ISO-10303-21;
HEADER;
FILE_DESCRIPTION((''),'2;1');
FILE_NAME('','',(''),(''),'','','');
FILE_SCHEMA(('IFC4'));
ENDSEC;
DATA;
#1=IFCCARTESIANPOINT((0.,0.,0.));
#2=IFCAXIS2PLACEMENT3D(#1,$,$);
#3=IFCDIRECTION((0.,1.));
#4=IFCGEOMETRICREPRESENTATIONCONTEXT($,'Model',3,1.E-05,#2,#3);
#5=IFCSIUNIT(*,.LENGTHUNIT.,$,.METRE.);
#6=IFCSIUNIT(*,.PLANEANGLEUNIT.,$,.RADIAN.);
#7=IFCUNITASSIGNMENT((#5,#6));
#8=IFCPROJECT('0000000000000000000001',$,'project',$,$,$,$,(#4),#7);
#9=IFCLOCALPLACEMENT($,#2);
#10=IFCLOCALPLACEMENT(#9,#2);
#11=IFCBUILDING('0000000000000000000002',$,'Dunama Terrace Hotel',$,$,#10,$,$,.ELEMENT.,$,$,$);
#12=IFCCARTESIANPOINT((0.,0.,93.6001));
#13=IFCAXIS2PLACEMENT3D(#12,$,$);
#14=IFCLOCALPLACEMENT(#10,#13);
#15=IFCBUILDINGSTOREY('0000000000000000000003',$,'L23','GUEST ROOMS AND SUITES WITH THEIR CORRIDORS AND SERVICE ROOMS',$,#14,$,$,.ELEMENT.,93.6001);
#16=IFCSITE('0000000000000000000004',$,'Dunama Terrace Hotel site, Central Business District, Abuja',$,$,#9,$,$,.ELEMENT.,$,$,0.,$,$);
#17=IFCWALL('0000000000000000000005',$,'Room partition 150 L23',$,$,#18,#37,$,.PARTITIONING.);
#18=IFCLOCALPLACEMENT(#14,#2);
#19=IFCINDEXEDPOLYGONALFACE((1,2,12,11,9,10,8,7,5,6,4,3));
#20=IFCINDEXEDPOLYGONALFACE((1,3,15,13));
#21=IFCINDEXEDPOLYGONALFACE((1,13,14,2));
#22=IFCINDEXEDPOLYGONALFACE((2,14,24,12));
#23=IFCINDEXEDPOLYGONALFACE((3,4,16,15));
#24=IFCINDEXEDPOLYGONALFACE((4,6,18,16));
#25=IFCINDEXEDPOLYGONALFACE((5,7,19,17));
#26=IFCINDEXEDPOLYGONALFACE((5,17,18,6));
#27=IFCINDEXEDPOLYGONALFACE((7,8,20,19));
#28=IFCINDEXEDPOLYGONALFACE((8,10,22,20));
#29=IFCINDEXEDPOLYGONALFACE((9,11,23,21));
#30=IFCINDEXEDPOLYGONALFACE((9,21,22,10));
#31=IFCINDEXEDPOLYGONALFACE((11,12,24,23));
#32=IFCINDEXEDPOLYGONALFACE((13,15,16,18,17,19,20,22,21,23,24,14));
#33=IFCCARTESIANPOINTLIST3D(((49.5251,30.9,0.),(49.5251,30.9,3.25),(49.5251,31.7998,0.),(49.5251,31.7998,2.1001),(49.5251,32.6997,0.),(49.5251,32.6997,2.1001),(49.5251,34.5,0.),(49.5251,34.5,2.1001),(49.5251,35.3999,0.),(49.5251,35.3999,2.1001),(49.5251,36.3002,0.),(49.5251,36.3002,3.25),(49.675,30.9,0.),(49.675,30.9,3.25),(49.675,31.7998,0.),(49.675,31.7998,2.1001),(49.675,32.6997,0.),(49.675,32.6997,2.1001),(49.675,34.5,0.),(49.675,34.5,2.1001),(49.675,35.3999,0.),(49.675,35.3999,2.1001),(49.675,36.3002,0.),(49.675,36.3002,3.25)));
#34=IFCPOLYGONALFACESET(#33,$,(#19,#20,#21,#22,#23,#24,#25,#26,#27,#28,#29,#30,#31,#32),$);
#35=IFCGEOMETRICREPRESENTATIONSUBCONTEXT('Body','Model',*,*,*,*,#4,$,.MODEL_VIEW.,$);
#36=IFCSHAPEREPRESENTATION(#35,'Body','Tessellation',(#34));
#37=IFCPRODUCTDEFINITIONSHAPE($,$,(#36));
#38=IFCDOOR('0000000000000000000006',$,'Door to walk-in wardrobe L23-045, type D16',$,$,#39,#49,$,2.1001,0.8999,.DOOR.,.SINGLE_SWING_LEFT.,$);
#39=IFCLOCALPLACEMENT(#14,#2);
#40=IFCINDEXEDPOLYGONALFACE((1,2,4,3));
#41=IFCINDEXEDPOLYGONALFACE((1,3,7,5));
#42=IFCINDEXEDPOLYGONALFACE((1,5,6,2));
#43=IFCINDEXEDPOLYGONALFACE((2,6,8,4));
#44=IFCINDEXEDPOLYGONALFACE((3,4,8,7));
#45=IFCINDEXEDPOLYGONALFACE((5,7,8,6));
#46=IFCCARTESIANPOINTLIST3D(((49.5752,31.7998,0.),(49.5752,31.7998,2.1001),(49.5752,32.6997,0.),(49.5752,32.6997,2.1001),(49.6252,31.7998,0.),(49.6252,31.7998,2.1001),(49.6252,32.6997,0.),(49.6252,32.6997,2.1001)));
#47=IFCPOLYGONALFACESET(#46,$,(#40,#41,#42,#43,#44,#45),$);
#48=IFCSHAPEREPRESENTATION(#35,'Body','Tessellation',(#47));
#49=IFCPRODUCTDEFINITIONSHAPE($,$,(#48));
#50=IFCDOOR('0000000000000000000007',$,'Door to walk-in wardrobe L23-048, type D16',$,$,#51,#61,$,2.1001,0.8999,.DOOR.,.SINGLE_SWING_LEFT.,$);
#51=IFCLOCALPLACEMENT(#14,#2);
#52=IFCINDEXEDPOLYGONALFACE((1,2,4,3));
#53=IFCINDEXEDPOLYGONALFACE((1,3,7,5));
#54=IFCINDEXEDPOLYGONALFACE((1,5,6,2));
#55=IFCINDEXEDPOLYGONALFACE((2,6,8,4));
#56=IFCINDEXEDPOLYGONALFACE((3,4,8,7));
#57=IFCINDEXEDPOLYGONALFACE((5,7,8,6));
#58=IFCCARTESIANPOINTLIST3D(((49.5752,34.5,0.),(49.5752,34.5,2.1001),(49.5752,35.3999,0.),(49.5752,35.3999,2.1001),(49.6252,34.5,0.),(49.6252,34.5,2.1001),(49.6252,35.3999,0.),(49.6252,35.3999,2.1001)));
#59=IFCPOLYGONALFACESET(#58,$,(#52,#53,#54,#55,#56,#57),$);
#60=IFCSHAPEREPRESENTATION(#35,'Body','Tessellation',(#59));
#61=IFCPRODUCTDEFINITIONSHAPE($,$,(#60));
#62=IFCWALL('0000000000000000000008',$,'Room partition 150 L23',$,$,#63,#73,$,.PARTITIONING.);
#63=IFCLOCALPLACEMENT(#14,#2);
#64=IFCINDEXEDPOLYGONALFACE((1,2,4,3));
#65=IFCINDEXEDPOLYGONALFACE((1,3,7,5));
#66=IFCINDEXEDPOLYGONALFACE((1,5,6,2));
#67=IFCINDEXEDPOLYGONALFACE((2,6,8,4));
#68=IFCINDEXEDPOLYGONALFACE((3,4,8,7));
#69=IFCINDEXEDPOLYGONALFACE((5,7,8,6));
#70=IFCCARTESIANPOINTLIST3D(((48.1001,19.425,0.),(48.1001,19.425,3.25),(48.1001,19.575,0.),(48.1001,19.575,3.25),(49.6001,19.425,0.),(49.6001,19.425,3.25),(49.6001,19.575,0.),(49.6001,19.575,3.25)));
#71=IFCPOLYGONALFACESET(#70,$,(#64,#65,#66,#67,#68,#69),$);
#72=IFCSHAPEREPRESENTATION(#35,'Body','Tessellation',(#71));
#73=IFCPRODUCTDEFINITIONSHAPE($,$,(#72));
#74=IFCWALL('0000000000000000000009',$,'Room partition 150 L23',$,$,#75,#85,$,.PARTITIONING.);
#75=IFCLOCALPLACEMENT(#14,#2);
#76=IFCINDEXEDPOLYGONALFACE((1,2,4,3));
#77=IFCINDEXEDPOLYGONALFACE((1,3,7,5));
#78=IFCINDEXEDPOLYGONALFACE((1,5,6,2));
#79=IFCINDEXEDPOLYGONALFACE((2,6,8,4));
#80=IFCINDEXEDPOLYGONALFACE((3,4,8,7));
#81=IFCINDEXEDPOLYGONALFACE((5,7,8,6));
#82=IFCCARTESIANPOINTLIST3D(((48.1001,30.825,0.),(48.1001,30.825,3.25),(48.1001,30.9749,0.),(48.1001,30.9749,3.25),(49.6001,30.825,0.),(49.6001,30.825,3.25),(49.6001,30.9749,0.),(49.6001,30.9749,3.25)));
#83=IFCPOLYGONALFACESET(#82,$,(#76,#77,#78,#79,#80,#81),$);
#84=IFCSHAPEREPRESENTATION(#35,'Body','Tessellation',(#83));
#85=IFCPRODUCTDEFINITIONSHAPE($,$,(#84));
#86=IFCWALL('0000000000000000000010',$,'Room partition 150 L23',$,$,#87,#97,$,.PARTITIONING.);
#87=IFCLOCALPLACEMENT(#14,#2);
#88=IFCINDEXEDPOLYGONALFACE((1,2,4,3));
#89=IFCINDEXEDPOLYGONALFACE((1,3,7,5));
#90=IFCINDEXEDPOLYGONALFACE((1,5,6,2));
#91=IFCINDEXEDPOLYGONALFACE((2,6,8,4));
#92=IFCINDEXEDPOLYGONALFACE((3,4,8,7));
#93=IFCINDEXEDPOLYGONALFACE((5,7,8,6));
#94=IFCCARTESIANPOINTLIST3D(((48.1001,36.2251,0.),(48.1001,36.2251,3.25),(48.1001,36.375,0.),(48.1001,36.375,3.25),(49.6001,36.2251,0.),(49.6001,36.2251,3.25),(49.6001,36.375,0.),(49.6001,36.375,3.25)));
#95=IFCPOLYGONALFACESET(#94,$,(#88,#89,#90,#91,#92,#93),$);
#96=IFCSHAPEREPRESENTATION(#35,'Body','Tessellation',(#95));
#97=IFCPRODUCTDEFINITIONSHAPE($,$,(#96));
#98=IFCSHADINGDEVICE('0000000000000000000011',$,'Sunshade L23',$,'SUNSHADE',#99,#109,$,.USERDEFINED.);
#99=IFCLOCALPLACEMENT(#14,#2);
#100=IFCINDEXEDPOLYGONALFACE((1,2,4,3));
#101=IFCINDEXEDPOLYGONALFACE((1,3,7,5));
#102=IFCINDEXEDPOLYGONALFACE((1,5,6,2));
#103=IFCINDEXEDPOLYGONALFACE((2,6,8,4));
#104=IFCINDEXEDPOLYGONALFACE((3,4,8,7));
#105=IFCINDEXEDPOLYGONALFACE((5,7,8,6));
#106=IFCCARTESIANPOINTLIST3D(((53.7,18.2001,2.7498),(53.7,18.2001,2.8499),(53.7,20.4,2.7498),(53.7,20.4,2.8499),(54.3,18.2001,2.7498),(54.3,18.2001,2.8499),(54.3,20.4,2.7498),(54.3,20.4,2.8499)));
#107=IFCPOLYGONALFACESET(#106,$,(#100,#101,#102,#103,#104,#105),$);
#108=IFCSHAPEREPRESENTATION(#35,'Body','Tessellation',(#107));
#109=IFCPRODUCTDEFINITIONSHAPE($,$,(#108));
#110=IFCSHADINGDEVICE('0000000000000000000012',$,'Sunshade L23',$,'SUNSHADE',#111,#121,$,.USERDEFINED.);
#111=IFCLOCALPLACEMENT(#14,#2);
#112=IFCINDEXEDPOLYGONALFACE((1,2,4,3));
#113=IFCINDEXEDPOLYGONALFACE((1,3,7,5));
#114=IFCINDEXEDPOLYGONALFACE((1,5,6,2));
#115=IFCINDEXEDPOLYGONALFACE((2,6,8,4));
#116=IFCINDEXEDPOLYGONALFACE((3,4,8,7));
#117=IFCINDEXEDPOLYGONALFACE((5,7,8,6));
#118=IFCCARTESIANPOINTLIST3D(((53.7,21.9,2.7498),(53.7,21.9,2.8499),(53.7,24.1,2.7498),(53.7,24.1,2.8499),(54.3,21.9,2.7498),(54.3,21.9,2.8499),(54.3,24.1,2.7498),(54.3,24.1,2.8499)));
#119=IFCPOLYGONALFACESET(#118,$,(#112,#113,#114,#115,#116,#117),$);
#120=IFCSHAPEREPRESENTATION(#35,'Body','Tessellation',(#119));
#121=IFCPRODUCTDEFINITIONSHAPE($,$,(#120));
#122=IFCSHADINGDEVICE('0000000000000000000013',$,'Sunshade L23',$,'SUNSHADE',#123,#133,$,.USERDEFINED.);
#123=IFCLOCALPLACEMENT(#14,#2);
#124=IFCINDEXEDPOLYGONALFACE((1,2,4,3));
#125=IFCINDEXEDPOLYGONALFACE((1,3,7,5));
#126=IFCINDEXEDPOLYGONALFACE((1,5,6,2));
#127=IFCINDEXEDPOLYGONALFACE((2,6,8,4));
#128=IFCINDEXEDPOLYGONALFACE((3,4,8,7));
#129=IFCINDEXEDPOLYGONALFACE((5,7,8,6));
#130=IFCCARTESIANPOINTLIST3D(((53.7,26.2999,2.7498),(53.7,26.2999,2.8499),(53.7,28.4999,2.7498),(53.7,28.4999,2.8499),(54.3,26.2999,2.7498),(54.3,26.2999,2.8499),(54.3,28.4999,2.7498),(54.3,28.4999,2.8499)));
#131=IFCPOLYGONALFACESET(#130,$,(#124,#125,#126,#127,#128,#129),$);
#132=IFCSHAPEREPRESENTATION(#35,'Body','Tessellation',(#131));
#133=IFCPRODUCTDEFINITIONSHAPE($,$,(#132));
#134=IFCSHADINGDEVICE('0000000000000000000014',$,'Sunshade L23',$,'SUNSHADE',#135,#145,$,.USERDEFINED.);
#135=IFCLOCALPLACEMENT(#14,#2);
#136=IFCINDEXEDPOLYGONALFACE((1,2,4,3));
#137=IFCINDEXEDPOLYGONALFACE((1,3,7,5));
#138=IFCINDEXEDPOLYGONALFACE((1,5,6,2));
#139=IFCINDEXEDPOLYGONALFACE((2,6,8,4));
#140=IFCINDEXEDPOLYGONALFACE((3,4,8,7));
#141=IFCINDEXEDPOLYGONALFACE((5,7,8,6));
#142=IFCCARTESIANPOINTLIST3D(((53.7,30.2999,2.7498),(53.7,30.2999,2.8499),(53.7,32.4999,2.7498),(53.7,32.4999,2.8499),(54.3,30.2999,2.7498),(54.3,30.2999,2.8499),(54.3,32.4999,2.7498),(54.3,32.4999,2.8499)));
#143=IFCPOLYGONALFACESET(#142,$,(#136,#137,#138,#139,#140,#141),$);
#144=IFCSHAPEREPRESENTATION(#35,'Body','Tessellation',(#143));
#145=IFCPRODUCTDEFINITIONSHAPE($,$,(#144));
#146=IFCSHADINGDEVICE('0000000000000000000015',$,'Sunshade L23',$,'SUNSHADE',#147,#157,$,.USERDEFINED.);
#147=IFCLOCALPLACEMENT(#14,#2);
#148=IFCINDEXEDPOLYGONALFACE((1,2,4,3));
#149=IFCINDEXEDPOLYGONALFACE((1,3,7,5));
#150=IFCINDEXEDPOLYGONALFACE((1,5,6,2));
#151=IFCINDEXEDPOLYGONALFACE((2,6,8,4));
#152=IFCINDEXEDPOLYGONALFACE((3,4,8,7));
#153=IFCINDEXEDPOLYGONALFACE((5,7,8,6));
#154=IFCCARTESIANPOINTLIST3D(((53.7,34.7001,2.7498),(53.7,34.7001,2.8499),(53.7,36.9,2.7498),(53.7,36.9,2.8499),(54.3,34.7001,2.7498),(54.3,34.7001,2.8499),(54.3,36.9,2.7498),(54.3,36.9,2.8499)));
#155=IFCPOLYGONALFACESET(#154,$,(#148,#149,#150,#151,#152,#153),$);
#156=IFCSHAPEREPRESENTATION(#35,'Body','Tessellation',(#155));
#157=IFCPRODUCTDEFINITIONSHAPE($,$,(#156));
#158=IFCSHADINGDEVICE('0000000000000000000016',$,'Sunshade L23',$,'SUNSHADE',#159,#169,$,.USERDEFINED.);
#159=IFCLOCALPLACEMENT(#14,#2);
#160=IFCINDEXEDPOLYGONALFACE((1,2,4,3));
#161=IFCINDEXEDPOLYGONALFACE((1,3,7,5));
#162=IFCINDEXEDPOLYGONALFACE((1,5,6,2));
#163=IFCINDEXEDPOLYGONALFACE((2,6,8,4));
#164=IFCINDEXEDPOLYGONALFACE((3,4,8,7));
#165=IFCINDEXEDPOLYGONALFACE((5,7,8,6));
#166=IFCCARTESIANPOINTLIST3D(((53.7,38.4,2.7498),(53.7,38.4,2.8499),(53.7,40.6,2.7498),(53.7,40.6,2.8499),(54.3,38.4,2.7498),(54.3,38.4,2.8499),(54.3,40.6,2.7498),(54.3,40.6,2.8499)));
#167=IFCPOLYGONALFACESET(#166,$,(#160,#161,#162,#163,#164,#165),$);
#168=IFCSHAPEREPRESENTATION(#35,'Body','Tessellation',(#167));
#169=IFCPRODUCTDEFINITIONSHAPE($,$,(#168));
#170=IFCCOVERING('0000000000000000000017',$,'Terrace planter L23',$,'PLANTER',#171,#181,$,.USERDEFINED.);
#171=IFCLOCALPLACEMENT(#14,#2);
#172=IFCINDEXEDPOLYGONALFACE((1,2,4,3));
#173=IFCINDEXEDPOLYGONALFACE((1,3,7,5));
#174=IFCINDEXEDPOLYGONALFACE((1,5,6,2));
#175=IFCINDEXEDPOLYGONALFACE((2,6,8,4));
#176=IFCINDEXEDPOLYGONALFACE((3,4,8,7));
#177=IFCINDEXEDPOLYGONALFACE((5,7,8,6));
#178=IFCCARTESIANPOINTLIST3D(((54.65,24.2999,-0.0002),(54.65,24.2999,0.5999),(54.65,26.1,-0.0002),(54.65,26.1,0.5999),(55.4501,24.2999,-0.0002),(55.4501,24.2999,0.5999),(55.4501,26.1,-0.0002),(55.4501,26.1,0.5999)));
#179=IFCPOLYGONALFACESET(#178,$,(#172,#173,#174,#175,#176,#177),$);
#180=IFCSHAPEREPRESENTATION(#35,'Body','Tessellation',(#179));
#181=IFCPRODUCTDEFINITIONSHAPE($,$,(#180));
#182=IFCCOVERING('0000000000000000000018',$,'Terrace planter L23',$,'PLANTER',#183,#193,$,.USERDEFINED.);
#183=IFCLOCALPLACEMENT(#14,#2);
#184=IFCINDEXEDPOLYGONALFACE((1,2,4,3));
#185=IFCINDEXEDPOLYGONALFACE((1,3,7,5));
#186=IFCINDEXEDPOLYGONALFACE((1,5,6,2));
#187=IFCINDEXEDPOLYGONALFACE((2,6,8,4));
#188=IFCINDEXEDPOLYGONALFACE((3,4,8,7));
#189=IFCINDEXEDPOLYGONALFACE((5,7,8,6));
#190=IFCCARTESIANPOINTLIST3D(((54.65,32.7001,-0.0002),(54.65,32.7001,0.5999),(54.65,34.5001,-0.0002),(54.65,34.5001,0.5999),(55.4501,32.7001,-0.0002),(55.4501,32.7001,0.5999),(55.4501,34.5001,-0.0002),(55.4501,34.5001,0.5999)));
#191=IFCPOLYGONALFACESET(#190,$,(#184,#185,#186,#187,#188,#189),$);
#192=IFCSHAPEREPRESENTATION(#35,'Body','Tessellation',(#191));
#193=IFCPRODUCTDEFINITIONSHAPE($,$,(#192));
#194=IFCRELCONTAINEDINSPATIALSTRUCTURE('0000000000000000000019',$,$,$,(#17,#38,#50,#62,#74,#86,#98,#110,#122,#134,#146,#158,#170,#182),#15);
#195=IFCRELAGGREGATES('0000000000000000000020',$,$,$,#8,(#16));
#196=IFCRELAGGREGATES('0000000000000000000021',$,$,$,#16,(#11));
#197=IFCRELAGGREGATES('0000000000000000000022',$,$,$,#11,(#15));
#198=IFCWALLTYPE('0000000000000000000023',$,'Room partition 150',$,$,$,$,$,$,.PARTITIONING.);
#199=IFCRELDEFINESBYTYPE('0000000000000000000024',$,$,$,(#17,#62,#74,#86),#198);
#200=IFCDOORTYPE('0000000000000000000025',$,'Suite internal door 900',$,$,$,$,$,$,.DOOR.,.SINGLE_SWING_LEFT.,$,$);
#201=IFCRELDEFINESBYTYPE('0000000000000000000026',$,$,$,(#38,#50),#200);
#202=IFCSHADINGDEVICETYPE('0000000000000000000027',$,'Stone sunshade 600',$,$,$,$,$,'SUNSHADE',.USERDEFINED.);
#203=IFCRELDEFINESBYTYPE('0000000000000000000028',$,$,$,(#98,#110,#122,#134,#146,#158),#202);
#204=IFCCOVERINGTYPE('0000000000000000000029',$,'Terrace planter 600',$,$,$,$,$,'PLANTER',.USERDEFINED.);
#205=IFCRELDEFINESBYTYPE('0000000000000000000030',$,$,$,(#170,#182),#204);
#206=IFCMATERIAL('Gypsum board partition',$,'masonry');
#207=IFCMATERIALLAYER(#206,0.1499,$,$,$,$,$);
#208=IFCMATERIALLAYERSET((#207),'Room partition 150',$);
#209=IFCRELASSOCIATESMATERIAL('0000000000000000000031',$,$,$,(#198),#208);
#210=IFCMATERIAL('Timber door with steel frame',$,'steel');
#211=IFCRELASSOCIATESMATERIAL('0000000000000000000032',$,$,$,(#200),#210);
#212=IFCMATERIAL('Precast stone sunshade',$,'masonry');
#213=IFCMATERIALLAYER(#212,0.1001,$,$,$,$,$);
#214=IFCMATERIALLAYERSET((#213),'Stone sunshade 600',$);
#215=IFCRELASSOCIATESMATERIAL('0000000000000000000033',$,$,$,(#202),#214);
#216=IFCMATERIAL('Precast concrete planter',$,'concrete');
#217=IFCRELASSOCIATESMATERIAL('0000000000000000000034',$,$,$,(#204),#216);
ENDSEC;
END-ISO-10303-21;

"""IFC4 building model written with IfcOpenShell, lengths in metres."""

from ifc_helpers import new_model, si_unit, direction, frame, frame_2d, origin, origin_2d, place, context, subcontext, project, spatial, rectangle, extrude, material, layer, layer_set, type_object, element, fill, save


model = new_model("IFC4")

# Units and contexts
model_context = context("Model", 3, precision=1e-05, world=origin(), true_north=direction((0.0, 1.0)))
body_context = subcontext(model_context, "Body", "Model", "MODEL_VIEW")
ifc_project = project(units=[si_unit("LENGTHUNIT", "METRE"), si_unit("PLANEANGLEUNIT", "RADIAN")], contexts=[model_context])

# Site, building, storey
site_placement = place(None, origin())
site = spatial("IfcSite", under=ifc_project, at=site_placement, Name="Dunama Terrace Hotel site, Central Business District, Abuja", CompositionType="ELEMENT", RefElevation=0.0)
building_placement = place(site_placement, origin())
building = spatial("IfcBuilding", under=site, at=building_placement, Name="Dunama Terrace Hotel", CompositionType="ELEMENT")
storey_placement = place(building_placement, frame((0.0, 0.0, 93.6001)))
storey = spatial("IfcBuildingStorey", under=building, at=storey_placement, Name="L23", Description="GUEST ROOMS AND SUITES WITH THEIR CORRIDORS AND SERVICE ROOMS", CompositionType="ELEMENT", Elevation=93.6001)

# Shared definitions
ifc_material_1 = material(Name="Gypsum board partition", Category="masonry")
ifc_layer_1 = layer(ifc_material_1, 0.1499)
ifc_layer_set_1 = layer_set([ifc_layer_1], Name="Room partition 150")
wall_type_1 = type_object("IfcWallType", Name="Room partition 150", PredefinedType="PARTITIONING", material=ifc_layer_set_1)

# Wall, openings, doors
wall_1_placement = place(storey_placement, frame((49.6001, 30.8999, 0.0), z_axis=(0.0, 0.0, 1.0), x_axis=(0.0, 1.0, 0.0)))
wall_1 = element("IfcWall", 1, at=wall_1_placement, inside=storey, type_object=wall_type_1, Name="Room partition 150 L23", PredefinedType="PARTITIONING", context=body_context, shape_type="SweptSolid", body=[
    extrude(rectangle(XDim=5.4001, YDim=0.1499, at=frame_2d((2.7002, 0.0))), origin(), (0.0, 0.0, 1.0), 3.25),
])
opening_1_placement = place(wall_1_placement, frame((0.8999, 0.0, 0.0)))
opening_1 = element("IfcOpeningElement", 2, at=opening_1_placement, cuts=wall_1, PredefinedType="OPENING", context=body_context, shape_type="SweptSolid", body=[
    extrude(rectangle(XDim=0.8999, YDim=2.1001, at=frame_2d((0.45, 1.05))), frame((0.0, 0.085, 0.0), z_axis=(0.0, -1.0, 0.0), x_axis=(1.0, 0.0, 0.0)), (0.0, 0.0, 1.0), 0.1699),
])
opening_2_placement = place(wall_1_placement, frame((3.6001, 0.0, 0.0)))
opening_2 = element("IfcOpeningElement", 3, at=opening_2_placement, cuts=wall_1, PredefinedType="OPENING", context=body_context, shape_type="SweptSolid", body=[
    extrude(rectangle(XDim=0.8999, YDim=2.1001, at=frame_2d((0.45, 1.05))), frame((0.0, 0.085, 0.0), z_axis=(0.0, -1.0, 0.0), x_axis=(1.0, 0.0, 0.0)), (0.0, 0.0, 1.0), 0.1699),
])
ifc_material_2 = material(Name="Timber door with steel frame", Category="steel")
door_type_1 = type_object("IfcDoorType", Name="Suite internal door 900", OperationType="SINGLE_SWING_LEFT", PredefinedType="DOOR", material=ifc_material_2)
door_1_placement = place(opening_1_placement, origin())
door_1 = element("IfcDoor", 4, at=door_1_placement, inside=storey, type_object=door_type_1, Name="Door to walk-in wardrobe L23-045, type D16", OperationType="SINGLE_SWING_LEFT", OverallHeight=2.1001, OverallWidth=0.8999, PredefinedType="DOOR", context=body_context, shape_type="SweptSolid", body=[
    extrude(rectangle(XDim=0.8999, YDim=2.1001, at=frame_2d((0.45, 1.05))), frame((0.0, 0.0249, 0.0), z_axis=(0.0, -1.0, 0.0), x_axis=(1.0, 0.0, 0.0)), (0.0, 0.0, 1.0), 0.05),
])
fill(opening_1, door_1)
door_2_placement = place(opening_2_placement, origin())
door_2 = element("IfcDoor", 5, at=door_2_placement, inside=storey, type_object=door_type_1, Name="Door to walk-in wardrobe L23-048, type D16", OperationType="SINGLE_SWING_LEFT", OverallHeight=2.1001, OverallWidth=0.8999, PredefinedType="DOOR", context=body_context, shape_type="SweptSolid", body=[
    extrude(rectangle(XDim=0.8999, YDim=2.1001, at=frame_2d((0.45, 1.05))), frame((0.0, 0.0249, 0.0), z_axis=(0.0, -1.0, 0.0), x_axis=(1.0, 0.0, 0.0)), (0.0, 0.0, 1.0), 0.05),
])
fill(opening_2, door_2)

# Walls
for number, where, z_axis, x_axis, name in (
    (6, (48.1001, 19.5, 0.0), (0.0, 0.0, 1.0), (1.0, 0.0, 0.0), "Room partition 150 L23"),
    (7, (48.1001, 30.8999, 0.0), (0.0, 0.0, 1.0), (1.0, 0.0, 0.0), "Room partition 150 L23"),
    (8, (48.1001, 36.3, 0.0), (0.0, 0.0, 1.0), (1.0, 0.0, 0.0), "Room partition 150 L23"),
):
    element("IfcWall", number, at=place(storey_placement, frame(where, z_axis=z_axis, x_axis=x_axis)), inside=storey, type_object=wall_type_1, Name=name, PredefinedType="PARTITIONING", context=body_context, shape_type="SweptSolid", body=[
        extrude(rectangle(XDim=1.5, YDim=0.1499, at=frame_2d((0.75, 0.0))), origin(), (0.0, 0.0, 1.0), 3.25),
    ])

# Shading devices
ifc_material_3 = material(Name="Precast stone sunshade", Category="masonry")
ifc_layer_2 = layer(ifc_material_3, 0.1001)
ifc_layer_set_2 = layer_set([ifc_layer_2], Name="Stone sunshade 600")
shading_device_type = type_object("IfcShadingDeviceType", Name="Stone sunshade 600", ElementType="SUNSHADE", PredefinedType="USERDEFINED", material=ifc_layer_set_2)
for number, where, z_axis, x_axis, name in (
    (9, (54.0, 19.3, 2.7498), (0.0, 0.0, 1.0), (0.0, 1.0, 0.0), "Sunshade L23"),
    (10, (54.0, 23.0, 2.7498), (0.0, 0.0, 1.0), (0.0, 1.0, 0.0), "Sunshade L23"),
    (11, (54.0, 27.3999, 2.7498), (0.0, 0.0, 1.0), (0.0, 1.0, 0.0), "Sunshade L23"),
    (12, (54.0, 31.3999, 2.7498), (0.0, 0.0, 1.0), (0.0, 1.0, 0.0), "Sunshade L23"),
    (13, (54.0, 35.8, 2.7498), (0.0, 0.0, 1.0), (0.0, 1.0, 0.0), "Sunshade L23"),
    (14, (54.0, 39.5, 2.7498), (0.0, 0.0, 1.0), (0.0, 1.0, 0.0), "Sunshade L23"),
):
    element("IfcShadingDevice", number, at=place(storey_placement, frame(where, z_axis=z_axis, x_axis=x_axis)), inside=storey, type_object=shading_device_type, Name=name, ObjectType="SUNSHADE", PredefinedType="USERDEFINED", context=body_context, shape_type="SweptSolid", body=[
        extrude(rectangle(XDim=2.2, YDim=0.6001, at=origin_2d()), origin(), (0.0, 0.0, 1.0), 0.1001),
    ])

# Coverings
ifc_material_4 = material(Name="Precast concrete planter", Category="concrete")
covering_type = type_object("IfcCoveringType", Name="Terrace planter 600", ElementType="PLANTER", PredefinedType="USERDEFINED", material=ifc_material_4)
for number, where, z_axis, x_axis, name in (
    (15, (55.05, 25.2, -0.0002), (0.0, 0.0, 1.0), (1.0, 0.0, 0.0), "Terrace planter L23"),
    (16, (55.05, 33.6001, -0.0002), (0.0, 0.0, 1.0), (1.0, 0.0, 0.0), "Terrace planter L23"),
):
    element("IfcCovering", number, at=place(storey_placement, frame(where, z_axis=z_axis, x_axis=x_axis)), inside=storey, type_object=covering_type, Name=name, ObjectType="PLANTER", PredefinedType="USERDEFINED", context=body_context, shape_type="SweptSolid", body=[
        extrude(rectangle(XDim=0.8, YDim=1.8, at=origin_2d()), origin(), (0.0, 0.0, 1.0), 0.6001),
    ])

save(model, "model.ifc")
